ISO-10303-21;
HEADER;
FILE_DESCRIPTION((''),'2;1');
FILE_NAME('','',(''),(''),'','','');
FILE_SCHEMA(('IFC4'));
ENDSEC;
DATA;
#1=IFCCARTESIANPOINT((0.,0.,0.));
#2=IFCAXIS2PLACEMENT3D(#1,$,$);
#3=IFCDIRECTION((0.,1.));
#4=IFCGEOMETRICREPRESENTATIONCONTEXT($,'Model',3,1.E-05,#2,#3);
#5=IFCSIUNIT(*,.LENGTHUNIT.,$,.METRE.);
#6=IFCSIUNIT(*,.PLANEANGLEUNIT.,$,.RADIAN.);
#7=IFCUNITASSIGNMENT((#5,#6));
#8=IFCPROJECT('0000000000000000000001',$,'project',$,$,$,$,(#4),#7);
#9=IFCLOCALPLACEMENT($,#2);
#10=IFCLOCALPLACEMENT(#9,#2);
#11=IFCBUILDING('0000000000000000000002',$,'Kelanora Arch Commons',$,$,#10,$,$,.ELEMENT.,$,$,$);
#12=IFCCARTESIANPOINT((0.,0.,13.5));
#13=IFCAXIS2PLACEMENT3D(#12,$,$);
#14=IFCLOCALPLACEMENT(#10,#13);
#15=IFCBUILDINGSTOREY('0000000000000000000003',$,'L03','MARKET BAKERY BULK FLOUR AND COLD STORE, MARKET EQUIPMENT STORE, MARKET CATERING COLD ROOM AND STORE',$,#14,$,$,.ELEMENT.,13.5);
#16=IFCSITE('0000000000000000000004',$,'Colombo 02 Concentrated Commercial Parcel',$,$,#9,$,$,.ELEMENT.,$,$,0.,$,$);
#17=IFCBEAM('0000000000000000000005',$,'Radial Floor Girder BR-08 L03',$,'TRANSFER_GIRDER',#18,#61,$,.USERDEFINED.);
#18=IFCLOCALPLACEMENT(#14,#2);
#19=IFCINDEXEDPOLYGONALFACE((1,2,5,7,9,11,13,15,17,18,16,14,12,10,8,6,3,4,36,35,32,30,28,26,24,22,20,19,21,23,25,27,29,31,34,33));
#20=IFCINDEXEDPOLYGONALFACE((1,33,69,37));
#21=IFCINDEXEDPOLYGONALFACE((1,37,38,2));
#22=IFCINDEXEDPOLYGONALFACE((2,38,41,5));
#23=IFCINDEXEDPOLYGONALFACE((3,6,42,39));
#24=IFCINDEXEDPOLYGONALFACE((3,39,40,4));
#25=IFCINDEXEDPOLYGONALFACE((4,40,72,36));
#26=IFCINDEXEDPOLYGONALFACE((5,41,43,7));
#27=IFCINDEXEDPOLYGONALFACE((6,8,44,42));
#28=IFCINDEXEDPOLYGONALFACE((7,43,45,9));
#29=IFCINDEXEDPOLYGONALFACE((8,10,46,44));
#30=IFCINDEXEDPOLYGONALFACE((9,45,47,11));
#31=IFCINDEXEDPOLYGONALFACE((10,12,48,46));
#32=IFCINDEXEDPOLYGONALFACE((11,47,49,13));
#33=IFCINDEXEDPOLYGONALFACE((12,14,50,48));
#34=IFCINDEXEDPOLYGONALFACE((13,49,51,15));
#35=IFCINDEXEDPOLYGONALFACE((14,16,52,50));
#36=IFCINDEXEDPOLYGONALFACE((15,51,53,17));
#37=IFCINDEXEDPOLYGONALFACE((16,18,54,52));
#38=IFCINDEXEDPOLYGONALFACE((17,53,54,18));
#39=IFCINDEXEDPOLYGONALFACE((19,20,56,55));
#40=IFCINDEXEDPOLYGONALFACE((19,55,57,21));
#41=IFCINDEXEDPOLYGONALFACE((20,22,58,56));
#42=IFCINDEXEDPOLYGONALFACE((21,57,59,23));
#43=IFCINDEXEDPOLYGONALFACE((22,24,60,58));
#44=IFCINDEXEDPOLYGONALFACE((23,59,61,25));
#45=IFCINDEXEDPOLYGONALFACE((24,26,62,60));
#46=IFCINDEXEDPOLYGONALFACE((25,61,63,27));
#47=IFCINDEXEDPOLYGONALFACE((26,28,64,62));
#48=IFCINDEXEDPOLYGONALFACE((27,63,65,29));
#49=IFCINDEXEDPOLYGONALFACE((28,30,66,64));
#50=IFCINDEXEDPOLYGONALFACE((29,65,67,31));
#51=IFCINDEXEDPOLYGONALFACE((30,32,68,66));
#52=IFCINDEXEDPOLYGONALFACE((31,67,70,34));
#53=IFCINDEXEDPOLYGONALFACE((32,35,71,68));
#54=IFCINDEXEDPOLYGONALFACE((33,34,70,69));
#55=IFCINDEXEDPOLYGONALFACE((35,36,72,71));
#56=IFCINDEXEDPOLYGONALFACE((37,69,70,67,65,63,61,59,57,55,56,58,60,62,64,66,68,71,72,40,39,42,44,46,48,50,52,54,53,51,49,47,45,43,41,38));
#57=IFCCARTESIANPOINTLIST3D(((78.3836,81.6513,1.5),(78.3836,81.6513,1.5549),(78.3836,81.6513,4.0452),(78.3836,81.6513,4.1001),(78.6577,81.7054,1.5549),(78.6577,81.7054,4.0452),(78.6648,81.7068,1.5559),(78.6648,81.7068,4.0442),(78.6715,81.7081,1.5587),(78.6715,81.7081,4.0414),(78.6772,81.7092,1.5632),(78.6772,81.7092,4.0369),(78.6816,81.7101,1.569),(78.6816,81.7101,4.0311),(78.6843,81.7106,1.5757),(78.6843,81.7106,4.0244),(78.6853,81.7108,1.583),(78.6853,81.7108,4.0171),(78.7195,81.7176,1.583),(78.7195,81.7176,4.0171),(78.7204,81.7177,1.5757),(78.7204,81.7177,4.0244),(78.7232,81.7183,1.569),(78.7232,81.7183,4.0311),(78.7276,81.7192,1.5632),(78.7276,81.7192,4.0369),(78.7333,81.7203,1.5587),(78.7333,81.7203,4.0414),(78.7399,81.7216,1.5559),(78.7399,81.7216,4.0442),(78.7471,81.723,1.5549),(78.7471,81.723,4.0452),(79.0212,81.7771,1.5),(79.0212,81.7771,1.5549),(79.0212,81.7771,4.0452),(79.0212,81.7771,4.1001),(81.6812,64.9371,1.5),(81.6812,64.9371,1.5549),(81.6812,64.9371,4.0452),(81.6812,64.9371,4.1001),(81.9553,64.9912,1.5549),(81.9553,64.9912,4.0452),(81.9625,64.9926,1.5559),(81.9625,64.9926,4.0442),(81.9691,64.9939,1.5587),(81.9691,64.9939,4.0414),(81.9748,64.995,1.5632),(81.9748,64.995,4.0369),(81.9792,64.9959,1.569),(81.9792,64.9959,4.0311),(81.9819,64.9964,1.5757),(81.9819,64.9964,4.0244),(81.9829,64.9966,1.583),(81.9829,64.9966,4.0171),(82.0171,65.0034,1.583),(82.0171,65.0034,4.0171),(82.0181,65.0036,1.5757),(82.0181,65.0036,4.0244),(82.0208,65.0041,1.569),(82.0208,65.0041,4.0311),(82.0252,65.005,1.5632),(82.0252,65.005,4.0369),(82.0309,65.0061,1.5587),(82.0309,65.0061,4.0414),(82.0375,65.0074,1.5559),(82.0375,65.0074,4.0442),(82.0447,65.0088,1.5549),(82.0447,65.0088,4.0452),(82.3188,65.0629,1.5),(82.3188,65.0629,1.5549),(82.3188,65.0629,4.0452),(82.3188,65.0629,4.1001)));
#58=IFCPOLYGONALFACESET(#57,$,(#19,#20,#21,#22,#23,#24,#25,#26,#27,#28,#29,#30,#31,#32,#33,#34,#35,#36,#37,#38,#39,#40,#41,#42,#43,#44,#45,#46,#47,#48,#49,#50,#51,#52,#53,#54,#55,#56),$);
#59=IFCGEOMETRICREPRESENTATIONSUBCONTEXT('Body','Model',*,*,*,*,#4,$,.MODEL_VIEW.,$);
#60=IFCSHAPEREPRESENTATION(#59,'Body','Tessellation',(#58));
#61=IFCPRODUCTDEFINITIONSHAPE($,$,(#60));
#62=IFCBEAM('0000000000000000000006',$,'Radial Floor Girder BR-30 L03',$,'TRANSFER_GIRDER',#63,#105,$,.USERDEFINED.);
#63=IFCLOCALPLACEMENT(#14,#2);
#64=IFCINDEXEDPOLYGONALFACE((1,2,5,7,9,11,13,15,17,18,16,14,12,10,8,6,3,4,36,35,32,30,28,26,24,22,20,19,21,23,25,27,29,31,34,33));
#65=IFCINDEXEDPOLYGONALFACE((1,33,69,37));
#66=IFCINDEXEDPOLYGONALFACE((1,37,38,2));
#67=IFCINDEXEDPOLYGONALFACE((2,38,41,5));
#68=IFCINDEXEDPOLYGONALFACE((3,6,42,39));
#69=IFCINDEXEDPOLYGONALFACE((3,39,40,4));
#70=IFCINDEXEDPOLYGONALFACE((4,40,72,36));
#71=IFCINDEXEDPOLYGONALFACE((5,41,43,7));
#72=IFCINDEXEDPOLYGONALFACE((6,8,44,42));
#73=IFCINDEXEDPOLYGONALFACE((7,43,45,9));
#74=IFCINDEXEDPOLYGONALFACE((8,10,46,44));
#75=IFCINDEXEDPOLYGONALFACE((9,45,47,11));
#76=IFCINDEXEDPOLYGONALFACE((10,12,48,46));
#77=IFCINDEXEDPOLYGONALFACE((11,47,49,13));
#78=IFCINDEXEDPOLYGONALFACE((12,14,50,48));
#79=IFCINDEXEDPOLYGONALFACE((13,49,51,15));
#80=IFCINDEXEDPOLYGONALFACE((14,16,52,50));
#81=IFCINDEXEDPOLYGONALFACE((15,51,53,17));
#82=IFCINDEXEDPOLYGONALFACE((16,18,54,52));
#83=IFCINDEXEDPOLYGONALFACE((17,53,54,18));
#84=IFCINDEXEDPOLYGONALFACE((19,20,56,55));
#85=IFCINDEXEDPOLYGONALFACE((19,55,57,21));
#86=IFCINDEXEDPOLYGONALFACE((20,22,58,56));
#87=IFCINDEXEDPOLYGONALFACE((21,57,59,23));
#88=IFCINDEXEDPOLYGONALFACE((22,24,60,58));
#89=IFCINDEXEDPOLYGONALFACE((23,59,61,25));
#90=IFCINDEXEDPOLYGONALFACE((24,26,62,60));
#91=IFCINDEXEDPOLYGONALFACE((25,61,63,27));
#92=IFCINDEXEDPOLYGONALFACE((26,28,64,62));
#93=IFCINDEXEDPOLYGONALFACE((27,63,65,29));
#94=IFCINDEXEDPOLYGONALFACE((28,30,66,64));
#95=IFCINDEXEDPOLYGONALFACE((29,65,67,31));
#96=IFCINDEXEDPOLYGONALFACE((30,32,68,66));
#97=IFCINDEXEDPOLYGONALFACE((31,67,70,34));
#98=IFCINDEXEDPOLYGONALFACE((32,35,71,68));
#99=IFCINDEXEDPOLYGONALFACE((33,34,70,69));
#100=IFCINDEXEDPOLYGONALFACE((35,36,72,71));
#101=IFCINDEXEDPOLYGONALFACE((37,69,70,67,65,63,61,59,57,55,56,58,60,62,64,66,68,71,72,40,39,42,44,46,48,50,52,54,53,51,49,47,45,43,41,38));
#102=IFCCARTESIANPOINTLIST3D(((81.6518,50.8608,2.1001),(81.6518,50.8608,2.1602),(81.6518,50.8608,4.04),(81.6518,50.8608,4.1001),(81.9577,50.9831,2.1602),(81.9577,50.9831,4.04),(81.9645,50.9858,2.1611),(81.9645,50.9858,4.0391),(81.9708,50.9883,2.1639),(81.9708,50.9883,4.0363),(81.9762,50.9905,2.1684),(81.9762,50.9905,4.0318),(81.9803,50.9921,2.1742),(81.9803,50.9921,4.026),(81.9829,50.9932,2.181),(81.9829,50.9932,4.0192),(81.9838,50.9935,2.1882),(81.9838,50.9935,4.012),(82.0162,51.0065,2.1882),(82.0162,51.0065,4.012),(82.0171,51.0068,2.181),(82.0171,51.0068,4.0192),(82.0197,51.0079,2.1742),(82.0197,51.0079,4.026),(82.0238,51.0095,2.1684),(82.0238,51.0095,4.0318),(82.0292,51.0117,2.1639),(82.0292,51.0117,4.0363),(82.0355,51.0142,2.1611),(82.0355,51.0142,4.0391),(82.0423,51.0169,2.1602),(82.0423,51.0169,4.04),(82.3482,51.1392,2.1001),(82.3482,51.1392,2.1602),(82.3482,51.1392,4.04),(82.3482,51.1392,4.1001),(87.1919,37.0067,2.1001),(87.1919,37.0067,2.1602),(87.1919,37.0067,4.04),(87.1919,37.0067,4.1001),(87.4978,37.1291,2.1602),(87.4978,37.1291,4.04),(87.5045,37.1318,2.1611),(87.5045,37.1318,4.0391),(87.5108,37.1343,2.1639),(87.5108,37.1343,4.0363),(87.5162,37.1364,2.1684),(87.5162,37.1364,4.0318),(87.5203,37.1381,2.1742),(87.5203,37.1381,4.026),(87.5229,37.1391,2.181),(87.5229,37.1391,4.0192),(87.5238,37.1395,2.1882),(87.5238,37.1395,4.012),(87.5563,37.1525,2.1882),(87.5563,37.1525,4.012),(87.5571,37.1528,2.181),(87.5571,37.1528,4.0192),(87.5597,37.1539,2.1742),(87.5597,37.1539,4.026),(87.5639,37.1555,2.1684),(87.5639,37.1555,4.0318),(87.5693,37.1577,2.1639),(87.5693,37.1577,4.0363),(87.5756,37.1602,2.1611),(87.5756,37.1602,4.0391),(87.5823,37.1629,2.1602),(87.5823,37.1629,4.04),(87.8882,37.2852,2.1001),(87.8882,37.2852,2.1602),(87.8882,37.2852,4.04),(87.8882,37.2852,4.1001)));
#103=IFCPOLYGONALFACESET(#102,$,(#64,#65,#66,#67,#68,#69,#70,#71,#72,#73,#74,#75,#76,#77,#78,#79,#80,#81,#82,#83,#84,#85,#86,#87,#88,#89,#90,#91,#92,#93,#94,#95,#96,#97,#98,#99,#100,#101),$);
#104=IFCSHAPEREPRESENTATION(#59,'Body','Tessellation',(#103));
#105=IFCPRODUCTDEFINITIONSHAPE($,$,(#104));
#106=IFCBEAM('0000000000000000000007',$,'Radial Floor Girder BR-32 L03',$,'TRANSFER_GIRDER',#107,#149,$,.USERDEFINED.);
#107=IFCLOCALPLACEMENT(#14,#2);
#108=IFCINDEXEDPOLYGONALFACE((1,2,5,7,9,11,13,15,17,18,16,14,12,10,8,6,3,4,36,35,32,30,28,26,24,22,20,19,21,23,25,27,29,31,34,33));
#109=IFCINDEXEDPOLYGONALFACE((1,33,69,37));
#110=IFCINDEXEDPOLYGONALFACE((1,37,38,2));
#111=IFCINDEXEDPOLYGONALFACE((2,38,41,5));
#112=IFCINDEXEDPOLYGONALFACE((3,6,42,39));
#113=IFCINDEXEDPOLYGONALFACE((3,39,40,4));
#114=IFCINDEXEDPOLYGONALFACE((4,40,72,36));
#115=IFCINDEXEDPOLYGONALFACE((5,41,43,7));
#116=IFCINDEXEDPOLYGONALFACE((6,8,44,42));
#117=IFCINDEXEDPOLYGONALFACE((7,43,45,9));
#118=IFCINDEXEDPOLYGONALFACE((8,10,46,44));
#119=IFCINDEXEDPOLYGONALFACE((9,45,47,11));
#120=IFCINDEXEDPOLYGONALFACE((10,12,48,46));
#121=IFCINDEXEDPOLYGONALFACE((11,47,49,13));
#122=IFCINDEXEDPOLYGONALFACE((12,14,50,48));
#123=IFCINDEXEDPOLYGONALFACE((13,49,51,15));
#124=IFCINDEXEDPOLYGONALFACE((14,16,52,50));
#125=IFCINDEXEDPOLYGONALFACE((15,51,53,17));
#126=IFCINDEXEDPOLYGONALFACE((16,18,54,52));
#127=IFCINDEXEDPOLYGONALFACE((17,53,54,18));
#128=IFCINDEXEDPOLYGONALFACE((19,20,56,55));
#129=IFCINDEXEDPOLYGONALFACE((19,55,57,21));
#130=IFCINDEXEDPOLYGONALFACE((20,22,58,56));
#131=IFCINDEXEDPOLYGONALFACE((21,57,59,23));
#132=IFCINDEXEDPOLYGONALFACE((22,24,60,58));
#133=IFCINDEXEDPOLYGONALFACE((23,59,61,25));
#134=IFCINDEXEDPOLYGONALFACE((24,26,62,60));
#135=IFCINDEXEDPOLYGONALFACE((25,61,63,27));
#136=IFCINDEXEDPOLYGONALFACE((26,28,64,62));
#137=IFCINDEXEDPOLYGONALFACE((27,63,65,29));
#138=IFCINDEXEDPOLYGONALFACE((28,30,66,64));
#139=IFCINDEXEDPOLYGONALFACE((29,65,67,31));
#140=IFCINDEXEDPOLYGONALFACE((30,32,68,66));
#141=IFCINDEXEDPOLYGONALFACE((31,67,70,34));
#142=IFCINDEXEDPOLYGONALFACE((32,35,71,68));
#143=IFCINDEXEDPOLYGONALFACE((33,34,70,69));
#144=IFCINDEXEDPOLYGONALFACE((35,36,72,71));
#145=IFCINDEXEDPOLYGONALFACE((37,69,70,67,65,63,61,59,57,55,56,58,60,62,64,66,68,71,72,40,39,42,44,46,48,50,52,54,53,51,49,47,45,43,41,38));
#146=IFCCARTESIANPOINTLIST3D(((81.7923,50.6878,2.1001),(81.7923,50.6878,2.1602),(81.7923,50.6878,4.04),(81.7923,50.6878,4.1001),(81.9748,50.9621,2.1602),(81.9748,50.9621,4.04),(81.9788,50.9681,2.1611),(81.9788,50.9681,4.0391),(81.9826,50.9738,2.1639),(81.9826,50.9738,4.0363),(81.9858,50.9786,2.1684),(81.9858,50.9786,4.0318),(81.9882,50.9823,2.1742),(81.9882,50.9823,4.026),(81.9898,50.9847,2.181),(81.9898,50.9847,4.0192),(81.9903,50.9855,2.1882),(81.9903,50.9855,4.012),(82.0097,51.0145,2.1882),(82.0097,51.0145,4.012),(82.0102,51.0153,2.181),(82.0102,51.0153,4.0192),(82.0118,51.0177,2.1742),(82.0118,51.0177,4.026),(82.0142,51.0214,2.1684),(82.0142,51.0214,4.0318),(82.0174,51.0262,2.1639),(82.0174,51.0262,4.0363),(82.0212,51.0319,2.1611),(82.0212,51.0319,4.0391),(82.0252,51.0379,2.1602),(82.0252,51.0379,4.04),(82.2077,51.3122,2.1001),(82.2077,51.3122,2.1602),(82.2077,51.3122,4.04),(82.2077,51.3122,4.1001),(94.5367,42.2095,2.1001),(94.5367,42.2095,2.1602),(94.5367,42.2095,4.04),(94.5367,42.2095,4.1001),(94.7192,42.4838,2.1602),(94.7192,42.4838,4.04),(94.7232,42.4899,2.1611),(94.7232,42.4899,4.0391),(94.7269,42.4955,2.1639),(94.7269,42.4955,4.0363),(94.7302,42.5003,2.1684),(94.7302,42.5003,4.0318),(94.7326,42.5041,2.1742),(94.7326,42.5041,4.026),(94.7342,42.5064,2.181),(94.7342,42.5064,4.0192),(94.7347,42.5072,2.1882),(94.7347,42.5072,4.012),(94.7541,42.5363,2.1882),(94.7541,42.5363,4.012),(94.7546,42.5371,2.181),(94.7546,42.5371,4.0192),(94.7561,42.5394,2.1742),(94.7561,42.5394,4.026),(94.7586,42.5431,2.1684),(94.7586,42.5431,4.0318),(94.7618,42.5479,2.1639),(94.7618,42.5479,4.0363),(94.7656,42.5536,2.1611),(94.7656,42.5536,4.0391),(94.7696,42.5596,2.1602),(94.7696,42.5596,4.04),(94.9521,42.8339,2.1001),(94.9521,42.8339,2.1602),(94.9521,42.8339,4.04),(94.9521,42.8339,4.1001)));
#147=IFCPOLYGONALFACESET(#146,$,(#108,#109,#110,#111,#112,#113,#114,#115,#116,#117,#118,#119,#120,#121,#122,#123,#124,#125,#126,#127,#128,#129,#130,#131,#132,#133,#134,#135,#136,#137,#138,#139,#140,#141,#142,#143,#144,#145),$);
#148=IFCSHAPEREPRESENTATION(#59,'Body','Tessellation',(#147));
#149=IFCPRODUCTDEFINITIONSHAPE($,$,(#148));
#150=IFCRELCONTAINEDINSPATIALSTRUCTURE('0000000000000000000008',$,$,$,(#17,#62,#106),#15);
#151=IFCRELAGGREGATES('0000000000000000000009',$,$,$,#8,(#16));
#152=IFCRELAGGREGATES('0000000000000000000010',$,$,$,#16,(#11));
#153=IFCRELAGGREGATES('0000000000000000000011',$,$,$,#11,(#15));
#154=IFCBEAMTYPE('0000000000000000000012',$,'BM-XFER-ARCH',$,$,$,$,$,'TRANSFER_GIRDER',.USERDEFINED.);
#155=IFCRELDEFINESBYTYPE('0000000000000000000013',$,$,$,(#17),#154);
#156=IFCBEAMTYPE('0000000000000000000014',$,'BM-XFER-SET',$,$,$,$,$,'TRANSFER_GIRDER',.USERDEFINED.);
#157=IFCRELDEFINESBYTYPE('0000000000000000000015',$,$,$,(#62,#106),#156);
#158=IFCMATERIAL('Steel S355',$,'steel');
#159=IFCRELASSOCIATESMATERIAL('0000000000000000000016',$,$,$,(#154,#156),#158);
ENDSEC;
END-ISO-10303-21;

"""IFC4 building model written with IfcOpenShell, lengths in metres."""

from ifc_helpers import new_model, si_unit, direction, frame, origin, origin_2d, place, context, subcontext, project, spatial, i_section, extrude, material, material_profile, profile_set, type_object, element, save


model = new_model("IFC4")

# Units and contexts
model_context = context("Model", 3, precision=1e-05, world=origin(), true_north=direction((0.0, 1.0)))
body_context = subcontext(model_context, "Body", "Model", "MODEL_VIEW")
ifc_project = project(units=[si_unit("LENGTHUNIT", "METRE"), si_unit("PLANEANGLEUNIT", "RADIAN")], contexts=[model_context])

# Site, building, storey
site_placement = place(None, origin())
site = spatial("IfcSite", under=ifc_project, at=site_placement, Name="Colombo 02 Concentrated Commercial Parcel", CompositionType="ELEMENT", RefElevation=0.0)
building_placement = place(site_placement, origin())
building = spatial("IfcBuilding", under=site, at=building_placement, Name="Kelanora Arch Commons", CompositionType="ELEMENT")
storey_placement = place(building_placement, frame((0.0, 0.0, 13.5)))
storey = spatial("IfcBuildingStorey", under=building, at=storey_placement, Name="L03", Description="MARKET BAKERY BULK FLOUR AND COLD STORE, MARKET EQUIPMENT STORE, MARKET CATERING COLD ROOM AND STORE", CompositionType="ELEMENT", Elevation=13.5)

# Shared definitions
ifc_material_1 = material(Name="Steel S355", Category="steel")

# Beams
ifc_material_profile_1 = material_profile(ifc_material_1, i_section(OverallWidth=0.6499, OverallDepth=2.6001, WebThickness=0.0349, FlangeThickness=0.0549, FilletRadius=0.0281, at=origin_2d()), Name="PG2600x650")
ifc_profile_set_1 = profile_set([ifc_material_profile_1], Name="Steel S355")
beam_type_1 = type_object("IfcBeamType", Name="BM-XFER-ARCH", ElementType="TRANSFER_GIRDER", PredefinedType="USERDEFINED", material=ifc_profile_set_1)
beam_1_placement = place(storey_placement, frame((82.0, 65.0, 2.8), z_axis=(-0.193564, 0.981088, 0.0), x_axis=(-0.981088, -0.193564, 0.0)))
element("IfcBeam", 1, at=beam_1_placement, inside=storey, type_object=beam_type_1, Name="Radial Floor Girder BR-08 L03", ObjectType="TRANSFER_GIRDER", PredefinedType="USERDEFINED", context=body_context, shape_type="SweptSolid", body=[
    extrude(i_section(OverallWidth=0.6499, OverallDepth=2.6001, WebThickness=0.0349, FlangeThickness=0.0549, FilletRadius=0.0281, at=origin_2d()), origin(), (0.0, 0.0, 1.0), 17.0364),
])
ifc_material_profile_2 = material_profile(ifc_material_1, i_section(OverallWidth=0.75, OverallDepth=2.0, WebThickness=0.0349, FlangeThickness=0.0601, FilletRadius=0.0281, at=origin_2d()), Name="PG2000x750")
ifc_profile_set_2 = profile_set([ifc_material_profile_2], Name="Steel S355")
beam_type_2 = type_object("IfcBeamType", Name="BM-XFER-SET", ElementType="TRANSFER_GIRDER", PredefinedType="USERDEFINED", material=ifc_profile_set_2)
beam_2_placement = place(storey_placement, frame((82.0, 51.0, 3.1001), z_axis=(0.3713, -0.928513, 0.0), x_axis=(0.928513, 0.3713, 0.0)))
element("IfcBeam", 2, at=beam_2_placement, inside=storey, type_object=beam_type_2, Name="Radial Floor Girder BR-30 L03", ObjectType="TRANSFER_GIRDER", PredefinedType="USERDEFINED", context=body_context, shape_type="SweptSolid", body=[
    extrude(i_section(OverallWidth=0.75, OverallDepth=2.0, WebThickness=0.0349, FlangeThickness=0.0601, FilletRadius=0.0281, at=origin_2d()), origin(), (0.0, 0.0, 1.0), 14.9207),
])
beam_3_placement = place(storey_placement, frame((82.0, 51.0, 3.1001), z_axis=(0.832592, -0.553886, 0.0), x_axis=(0.553886, 0.832592, 0.0)))
element("IfcBeam", 3, at=beam_3_placement, inside=storey, type_object=beam_type_2, Name="Radial Floor Girder BR-32 L03", ObjectType="TRANSFER_GIRDER", PredefinedType="USERDEFINED", context=body_context, shape_type="SweptSolid", body=[
    extrude(i_section(OverallWidth=0.75, OverallDepth=2.0, WebThickness=0.0349, FlangeThickness=0.0601, FilletRadius=0.0281, at=origin_2d()), origin(), (0.0, 0.0, 1.0), 15.3069),
])

save(model, "model.ifc")
